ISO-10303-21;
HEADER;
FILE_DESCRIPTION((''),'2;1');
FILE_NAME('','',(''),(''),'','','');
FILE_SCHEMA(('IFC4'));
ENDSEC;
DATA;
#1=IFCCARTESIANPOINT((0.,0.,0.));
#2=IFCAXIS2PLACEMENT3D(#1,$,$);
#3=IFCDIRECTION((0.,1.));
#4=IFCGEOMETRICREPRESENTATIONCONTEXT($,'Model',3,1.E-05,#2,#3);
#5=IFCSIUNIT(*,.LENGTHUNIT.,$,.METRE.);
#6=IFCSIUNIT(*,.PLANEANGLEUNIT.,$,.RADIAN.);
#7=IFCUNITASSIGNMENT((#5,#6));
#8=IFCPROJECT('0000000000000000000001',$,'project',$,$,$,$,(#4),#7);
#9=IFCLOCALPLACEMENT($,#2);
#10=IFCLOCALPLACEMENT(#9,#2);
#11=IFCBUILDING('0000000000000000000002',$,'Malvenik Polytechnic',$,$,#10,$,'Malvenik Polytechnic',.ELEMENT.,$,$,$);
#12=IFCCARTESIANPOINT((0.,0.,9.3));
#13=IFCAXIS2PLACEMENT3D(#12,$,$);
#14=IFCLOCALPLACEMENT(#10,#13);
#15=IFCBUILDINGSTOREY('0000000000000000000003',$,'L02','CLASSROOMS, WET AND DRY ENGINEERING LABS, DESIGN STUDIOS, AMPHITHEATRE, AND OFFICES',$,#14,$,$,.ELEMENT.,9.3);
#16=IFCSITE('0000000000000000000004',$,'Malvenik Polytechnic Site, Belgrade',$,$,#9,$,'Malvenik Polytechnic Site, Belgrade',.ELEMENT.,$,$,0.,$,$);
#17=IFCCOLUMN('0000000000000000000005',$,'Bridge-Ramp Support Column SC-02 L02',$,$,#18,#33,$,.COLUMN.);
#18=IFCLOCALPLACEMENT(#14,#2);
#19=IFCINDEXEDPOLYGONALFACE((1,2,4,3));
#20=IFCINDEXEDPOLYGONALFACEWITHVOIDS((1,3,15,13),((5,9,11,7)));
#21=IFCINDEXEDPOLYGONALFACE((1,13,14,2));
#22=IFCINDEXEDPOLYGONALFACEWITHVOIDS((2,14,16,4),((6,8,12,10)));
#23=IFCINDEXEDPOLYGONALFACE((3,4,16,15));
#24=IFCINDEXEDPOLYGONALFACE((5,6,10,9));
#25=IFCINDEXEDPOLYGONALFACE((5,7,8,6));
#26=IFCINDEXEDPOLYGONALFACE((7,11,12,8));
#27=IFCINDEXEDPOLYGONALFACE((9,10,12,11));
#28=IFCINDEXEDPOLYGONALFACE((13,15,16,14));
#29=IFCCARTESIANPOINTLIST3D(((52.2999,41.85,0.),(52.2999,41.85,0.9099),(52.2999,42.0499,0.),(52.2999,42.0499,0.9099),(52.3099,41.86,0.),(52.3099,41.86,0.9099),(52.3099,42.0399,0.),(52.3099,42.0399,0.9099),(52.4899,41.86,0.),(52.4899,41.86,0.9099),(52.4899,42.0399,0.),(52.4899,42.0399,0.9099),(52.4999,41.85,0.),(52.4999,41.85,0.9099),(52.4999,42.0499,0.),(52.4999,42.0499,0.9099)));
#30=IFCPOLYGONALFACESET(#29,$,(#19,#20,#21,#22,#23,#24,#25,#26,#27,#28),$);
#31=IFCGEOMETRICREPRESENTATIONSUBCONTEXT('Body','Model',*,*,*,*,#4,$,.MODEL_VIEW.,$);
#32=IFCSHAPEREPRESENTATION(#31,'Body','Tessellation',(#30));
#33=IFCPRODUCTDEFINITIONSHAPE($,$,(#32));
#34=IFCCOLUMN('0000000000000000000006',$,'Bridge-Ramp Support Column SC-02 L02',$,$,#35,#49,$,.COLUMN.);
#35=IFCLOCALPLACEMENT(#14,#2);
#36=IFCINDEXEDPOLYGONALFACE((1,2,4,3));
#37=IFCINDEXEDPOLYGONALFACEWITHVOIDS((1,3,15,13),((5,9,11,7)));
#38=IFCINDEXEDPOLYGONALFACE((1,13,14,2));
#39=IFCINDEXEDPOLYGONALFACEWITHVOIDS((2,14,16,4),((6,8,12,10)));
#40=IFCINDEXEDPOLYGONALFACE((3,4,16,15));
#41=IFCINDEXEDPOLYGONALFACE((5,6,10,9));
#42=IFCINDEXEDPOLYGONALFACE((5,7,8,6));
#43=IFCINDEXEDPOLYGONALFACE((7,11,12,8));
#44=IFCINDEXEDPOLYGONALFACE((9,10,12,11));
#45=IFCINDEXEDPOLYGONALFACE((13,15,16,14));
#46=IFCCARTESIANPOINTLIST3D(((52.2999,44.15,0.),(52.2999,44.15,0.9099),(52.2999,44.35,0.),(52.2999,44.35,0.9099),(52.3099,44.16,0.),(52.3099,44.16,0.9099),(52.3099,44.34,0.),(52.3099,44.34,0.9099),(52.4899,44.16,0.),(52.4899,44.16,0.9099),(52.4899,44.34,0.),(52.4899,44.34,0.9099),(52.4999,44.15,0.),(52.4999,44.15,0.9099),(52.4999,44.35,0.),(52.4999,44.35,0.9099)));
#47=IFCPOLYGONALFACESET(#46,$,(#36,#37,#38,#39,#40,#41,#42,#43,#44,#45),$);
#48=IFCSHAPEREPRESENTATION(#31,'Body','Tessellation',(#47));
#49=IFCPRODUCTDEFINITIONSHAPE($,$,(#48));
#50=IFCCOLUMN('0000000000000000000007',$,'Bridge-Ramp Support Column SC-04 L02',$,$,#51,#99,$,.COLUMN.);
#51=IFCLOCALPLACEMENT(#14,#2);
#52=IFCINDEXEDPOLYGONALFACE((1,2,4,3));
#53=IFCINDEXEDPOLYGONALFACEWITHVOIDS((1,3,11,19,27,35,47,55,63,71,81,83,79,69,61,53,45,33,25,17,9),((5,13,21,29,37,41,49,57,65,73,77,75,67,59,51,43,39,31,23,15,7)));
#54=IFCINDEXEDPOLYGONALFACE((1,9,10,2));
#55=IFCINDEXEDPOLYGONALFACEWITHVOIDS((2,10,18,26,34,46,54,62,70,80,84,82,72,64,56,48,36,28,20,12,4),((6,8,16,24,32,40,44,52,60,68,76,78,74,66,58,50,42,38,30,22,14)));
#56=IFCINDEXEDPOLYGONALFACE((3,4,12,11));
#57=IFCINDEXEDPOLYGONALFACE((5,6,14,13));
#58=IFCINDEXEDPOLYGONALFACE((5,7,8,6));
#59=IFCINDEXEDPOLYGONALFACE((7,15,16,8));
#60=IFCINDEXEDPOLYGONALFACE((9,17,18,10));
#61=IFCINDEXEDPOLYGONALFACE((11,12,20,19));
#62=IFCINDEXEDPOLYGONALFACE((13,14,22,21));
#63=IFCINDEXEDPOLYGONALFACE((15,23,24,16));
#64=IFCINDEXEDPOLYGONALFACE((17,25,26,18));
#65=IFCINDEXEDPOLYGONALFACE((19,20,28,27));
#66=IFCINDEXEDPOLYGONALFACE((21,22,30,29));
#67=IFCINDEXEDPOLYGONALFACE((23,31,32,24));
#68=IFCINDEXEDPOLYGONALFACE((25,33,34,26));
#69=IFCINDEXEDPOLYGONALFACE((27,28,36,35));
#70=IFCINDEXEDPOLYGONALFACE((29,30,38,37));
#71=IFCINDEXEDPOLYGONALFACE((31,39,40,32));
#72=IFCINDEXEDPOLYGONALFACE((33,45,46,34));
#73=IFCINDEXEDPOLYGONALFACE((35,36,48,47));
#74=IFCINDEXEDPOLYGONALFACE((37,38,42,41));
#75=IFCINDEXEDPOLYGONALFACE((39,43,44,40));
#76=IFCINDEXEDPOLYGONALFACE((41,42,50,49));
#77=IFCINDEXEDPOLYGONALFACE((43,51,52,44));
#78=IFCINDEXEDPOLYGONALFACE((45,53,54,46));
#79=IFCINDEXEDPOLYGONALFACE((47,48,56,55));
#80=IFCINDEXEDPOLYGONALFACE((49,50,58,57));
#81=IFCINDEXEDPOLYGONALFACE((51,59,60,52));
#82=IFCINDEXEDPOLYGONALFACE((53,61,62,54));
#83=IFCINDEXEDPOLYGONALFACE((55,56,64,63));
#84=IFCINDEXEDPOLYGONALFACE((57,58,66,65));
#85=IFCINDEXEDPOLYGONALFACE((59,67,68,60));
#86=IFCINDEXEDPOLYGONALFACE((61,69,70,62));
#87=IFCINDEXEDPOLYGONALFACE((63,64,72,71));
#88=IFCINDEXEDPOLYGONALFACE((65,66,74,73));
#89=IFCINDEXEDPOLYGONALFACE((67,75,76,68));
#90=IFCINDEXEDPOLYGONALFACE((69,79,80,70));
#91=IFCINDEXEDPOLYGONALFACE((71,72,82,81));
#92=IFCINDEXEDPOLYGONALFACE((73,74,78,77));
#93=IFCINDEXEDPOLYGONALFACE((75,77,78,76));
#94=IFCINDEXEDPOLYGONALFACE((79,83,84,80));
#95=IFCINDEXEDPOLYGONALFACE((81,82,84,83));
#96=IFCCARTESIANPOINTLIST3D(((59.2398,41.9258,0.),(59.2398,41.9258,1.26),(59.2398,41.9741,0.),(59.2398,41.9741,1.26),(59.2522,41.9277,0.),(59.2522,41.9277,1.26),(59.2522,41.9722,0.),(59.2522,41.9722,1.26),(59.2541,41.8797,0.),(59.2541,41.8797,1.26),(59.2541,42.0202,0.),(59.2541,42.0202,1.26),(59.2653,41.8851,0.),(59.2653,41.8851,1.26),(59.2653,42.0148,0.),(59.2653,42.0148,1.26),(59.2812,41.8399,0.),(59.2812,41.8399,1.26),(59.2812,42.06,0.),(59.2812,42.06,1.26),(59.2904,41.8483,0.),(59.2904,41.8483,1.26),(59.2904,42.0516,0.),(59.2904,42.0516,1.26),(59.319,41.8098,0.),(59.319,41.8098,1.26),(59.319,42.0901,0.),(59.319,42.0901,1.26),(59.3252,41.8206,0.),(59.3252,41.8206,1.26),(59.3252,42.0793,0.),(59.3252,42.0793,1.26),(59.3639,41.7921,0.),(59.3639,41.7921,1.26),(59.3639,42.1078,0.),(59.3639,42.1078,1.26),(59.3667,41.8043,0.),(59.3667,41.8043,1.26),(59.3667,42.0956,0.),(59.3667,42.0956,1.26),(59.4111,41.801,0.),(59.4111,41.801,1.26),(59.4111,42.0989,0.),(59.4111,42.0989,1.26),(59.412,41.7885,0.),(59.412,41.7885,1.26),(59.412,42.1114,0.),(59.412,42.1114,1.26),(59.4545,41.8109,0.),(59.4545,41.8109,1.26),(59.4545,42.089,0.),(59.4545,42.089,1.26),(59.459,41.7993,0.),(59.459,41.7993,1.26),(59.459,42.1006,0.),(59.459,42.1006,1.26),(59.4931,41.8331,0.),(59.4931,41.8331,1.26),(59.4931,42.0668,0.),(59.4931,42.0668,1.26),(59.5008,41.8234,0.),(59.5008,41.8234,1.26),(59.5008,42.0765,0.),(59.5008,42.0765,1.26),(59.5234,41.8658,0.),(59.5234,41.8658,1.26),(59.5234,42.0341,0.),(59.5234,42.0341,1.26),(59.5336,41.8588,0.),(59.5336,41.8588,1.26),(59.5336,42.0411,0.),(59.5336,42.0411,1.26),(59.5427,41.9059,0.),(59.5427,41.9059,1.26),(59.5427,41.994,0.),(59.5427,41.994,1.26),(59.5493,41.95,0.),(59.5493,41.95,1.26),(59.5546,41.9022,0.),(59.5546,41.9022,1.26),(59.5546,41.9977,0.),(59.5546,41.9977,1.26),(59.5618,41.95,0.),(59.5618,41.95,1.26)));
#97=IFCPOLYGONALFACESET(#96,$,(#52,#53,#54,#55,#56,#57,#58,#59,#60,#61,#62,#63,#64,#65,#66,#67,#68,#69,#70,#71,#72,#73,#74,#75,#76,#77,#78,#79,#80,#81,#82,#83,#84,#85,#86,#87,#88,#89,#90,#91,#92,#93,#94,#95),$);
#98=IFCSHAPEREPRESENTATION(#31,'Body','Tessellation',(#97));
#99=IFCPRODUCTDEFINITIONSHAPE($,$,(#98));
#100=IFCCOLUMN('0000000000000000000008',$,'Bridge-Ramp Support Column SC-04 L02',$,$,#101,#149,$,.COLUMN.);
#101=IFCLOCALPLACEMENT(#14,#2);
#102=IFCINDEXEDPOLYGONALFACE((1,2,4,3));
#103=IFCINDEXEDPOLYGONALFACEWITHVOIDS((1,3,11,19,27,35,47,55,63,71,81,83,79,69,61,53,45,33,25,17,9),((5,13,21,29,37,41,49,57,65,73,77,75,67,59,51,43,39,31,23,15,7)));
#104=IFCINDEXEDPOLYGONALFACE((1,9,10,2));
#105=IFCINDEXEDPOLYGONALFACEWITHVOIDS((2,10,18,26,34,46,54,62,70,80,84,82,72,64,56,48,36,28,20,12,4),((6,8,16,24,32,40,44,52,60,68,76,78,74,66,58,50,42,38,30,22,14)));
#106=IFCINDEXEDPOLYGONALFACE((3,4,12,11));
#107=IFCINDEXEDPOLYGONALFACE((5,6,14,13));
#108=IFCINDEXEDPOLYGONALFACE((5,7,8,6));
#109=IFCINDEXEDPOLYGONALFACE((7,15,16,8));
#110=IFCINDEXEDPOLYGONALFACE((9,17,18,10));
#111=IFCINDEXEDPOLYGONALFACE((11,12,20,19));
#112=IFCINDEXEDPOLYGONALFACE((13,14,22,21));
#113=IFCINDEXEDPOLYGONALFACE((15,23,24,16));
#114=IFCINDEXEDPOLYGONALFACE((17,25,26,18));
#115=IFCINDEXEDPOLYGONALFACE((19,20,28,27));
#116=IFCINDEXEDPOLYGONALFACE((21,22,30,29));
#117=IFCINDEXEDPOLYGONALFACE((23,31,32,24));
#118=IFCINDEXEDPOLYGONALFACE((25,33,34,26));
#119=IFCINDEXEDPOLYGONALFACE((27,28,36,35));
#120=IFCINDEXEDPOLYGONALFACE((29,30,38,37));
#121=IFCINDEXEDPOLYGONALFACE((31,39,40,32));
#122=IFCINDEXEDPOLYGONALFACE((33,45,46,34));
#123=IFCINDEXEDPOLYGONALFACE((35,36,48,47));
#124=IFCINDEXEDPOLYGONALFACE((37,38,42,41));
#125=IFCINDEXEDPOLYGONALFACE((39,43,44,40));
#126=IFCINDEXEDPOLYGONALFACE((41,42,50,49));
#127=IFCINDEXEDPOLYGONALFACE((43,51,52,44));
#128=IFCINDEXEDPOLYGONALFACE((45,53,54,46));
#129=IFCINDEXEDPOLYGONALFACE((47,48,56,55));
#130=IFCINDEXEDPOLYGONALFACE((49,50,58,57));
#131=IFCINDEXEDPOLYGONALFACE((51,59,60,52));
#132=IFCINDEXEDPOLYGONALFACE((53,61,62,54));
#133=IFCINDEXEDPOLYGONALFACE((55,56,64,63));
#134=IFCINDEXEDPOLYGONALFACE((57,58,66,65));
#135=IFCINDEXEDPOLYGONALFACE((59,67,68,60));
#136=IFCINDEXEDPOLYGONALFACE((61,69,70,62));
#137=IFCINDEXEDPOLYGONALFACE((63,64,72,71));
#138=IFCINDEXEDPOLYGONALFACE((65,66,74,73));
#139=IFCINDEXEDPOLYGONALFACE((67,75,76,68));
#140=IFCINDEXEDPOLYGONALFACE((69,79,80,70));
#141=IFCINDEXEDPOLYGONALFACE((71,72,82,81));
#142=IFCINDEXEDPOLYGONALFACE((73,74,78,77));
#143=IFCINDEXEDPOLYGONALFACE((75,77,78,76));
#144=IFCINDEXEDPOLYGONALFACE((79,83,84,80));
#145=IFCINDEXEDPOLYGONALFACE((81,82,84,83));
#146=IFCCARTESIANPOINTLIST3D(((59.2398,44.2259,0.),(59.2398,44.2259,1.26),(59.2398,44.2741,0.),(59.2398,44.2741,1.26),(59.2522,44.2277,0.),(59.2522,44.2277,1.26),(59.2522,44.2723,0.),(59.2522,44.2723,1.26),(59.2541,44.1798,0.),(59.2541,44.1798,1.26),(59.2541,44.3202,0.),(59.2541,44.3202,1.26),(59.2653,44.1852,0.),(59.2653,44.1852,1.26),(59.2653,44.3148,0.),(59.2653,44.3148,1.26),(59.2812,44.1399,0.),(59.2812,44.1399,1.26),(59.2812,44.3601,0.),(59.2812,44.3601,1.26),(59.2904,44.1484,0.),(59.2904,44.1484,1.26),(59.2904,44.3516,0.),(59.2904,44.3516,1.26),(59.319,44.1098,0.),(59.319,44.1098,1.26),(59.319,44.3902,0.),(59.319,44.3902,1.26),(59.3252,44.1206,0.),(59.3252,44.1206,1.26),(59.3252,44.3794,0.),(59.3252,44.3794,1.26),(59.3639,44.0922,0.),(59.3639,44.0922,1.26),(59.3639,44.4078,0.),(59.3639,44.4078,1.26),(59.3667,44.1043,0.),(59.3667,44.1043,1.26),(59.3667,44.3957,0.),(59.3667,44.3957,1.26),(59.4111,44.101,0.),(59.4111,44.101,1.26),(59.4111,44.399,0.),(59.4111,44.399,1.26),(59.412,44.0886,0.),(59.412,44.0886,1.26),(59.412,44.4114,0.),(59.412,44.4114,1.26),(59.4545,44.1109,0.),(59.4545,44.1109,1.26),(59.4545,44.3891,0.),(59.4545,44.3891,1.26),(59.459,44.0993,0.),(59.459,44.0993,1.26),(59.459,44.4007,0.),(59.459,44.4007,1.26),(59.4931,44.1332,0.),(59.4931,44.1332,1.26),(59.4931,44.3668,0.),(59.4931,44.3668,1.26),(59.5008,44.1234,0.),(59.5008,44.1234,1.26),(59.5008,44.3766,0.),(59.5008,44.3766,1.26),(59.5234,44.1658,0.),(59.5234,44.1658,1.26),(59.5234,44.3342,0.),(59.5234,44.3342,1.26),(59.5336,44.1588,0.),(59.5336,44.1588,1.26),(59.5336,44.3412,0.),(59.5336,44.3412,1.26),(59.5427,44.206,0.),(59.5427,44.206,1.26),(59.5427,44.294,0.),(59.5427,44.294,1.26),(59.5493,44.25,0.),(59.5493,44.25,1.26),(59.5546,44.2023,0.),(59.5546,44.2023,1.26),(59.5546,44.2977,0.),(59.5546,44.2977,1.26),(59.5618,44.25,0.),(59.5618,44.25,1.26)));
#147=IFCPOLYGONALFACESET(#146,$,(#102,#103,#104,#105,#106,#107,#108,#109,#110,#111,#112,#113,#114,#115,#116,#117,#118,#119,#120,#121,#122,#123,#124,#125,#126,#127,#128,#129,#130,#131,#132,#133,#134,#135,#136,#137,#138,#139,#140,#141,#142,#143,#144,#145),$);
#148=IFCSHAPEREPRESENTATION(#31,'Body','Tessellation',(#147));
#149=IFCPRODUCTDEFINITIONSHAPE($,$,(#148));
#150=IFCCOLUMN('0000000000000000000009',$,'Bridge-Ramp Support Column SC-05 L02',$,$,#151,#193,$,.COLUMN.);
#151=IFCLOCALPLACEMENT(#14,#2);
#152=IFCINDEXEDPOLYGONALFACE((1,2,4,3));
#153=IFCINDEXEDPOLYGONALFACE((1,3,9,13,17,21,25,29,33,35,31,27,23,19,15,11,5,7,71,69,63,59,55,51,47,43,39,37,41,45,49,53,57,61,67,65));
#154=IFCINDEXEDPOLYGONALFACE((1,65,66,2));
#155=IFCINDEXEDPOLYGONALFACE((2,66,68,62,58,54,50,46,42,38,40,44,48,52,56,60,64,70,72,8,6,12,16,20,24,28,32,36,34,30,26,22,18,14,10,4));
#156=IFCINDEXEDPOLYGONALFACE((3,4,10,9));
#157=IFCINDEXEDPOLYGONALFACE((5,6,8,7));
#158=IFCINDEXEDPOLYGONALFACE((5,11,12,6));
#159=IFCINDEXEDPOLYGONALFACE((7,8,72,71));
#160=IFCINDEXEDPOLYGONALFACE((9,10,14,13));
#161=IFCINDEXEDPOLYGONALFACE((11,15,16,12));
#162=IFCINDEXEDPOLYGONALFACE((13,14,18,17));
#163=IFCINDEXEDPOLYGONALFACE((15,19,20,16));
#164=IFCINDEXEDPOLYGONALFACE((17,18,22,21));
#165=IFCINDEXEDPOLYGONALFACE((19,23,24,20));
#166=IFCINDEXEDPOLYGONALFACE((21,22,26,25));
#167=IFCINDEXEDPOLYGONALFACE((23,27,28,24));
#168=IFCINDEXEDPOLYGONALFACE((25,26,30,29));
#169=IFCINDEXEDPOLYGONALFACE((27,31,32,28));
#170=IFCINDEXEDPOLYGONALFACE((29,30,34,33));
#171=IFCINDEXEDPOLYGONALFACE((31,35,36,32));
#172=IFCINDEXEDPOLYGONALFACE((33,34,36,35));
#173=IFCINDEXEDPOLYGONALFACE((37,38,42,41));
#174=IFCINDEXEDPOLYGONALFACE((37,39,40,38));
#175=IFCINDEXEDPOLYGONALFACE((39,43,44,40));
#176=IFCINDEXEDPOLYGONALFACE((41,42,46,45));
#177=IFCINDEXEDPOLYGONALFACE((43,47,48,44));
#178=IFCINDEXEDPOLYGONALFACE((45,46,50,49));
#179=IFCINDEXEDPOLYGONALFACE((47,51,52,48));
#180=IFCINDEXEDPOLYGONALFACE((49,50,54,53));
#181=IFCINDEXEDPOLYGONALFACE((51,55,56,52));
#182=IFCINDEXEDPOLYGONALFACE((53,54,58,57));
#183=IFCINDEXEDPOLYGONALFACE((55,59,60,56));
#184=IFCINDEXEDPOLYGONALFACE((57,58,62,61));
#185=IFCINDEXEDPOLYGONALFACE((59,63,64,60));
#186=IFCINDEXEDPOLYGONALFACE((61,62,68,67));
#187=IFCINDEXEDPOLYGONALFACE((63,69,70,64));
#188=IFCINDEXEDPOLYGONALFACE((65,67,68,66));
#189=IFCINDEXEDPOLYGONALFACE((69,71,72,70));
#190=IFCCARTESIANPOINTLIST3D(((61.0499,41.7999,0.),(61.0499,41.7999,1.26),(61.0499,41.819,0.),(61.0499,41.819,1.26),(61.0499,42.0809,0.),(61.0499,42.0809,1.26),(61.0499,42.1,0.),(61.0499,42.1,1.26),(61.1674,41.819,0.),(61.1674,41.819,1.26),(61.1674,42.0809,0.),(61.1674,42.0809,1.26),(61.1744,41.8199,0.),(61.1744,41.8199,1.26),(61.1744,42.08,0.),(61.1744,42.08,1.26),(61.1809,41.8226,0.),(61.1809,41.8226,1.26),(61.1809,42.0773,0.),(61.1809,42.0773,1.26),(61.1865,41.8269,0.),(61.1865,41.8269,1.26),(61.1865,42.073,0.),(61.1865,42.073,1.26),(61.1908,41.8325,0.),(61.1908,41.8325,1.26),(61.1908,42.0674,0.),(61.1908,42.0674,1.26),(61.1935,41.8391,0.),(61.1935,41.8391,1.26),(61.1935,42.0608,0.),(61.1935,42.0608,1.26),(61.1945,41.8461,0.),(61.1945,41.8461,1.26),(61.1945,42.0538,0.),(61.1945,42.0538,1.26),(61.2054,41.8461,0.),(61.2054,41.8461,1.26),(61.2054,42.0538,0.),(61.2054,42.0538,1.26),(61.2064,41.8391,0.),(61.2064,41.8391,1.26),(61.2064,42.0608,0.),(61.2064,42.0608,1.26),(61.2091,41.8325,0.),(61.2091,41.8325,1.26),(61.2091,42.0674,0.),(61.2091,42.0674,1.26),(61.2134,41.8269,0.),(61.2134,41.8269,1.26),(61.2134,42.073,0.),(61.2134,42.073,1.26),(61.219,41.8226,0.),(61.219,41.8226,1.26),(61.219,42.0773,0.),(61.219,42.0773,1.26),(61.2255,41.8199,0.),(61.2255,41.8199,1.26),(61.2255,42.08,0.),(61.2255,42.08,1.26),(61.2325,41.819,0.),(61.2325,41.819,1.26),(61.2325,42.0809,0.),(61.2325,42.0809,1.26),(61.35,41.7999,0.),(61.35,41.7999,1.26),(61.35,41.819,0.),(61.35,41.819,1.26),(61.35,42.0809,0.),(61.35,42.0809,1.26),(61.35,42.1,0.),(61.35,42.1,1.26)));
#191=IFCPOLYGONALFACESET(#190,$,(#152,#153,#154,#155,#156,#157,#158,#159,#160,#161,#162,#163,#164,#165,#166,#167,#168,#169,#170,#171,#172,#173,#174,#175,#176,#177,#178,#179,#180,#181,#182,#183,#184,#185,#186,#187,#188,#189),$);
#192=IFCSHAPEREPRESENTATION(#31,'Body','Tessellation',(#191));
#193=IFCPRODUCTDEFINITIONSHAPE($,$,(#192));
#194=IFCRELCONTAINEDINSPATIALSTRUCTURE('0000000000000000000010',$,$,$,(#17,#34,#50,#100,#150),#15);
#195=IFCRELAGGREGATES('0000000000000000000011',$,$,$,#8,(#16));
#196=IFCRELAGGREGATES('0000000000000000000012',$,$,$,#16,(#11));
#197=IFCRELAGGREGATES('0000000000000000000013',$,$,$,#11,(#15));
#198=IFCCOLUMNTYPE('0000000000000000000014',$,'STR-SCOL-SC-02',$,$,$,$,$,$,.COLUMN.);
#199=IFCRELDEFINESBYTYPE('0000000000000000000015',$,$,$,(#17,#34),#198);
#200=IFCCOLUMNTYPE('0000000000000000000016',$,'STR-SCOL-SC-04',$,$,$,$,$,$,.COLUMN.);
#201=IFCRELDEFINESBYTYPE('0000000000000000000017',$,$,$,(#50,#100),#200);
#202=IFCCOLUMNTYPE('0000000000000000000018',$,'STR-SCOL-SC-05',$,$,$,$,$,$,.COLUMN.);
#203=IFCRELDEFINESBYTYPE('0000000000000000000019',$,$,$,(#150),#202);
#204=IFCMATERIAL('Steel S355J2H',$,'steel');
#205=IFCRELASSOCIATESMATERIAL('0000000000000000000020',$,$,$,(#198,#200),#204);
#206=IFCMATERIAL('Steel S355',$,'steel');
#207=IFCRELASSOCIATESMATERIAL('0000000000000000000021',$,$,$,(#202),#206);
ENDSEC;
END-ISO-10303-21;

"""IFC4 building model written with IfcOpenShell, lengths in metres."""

from ifc_helpers import new_model, si_unit, direction, frame, origin, origin_2d, place, context, subcontext, project, spatial, hollow_rectangle, hollow_circle, i_section, extrude, material, material_profile, profile_set, type_object, element, save


model = new_model("IFC4")

# Units and contexts
model_context = context("Model", 3, precision=1e-05, world=origin(), true_north=direction((0.0, 1.0)))
body_context = subcontext(model_context, "Body", "Model", "MODEL_VIEW")
ifc_project = project(units=[si_unit("LENGTHUNIT", "METRE"), si_unit("PLANEANGLEUNIT", "RADIAN")], contexts=[model_context])

# Site, building, storey
site_placement = place(None, origin())
site = spatial("IfcSite", under=ifc_project, at=site_placement, Name="Malvenik Polytechnic Site, Belgrade", LongName="Malvenik Polytechnic Site, Belgrade", CompositionType="ELEMENT", RefElevation=0.0)
building_placement = place(site_placement, origin())
building = spatial("IfcBuilding", under=site, at=building_placement, Name="Malvenik Polytechnic", LongName="Malvenik Polytechnic", CompositionType="ELEMENT")
storey_placement = place(building_placement, frame((0.0, 0.0, 9.3)))
storey = spatial("IfcBuildingStorey", under=building, at=storey_placement, Name="L02", Description="CLASSROOMS, WET AND DRY ENGINEERING LABS, DESIGN STUDIOS, AMPHITHEATRE, AND OFFICES", CompositionType="ELEMENT", Elevation=9.3)

# Columns
ifc_material_1 = material(Name="Steel S355J2H", Category="steel")
ifc_material_profile_1 = material_profile(ifc_material_1, hollow_rectangle(XDim=0.2, YDim=0.2, WallThickness=0.01, at=origin_2d()), Name="SHS 200x200x10.0")
ifc_profile_set_1 = profile_set([ifc_material_profile_1], Name="Steel S355J2H")
column_type_1 = type_object("IfcColumnType", Name="STR-SCOL-SC-02", PredefinedType="COLUMN", material=ifc_profile_set_1)
for number, where, z_axis, x_axis, name in (
    (1, (52.3999, 41.95, 0.0), (0.0, 0.0, 1.0), (1.0, 0.0, 0.0), "Bridge-Ramp Support Column SC-02 L02"),
    (2, (52.3999, 44.25, 0.0), (0.0, 0.0, 1.0), (1.0, 0.0, 0.0), "Bridge-Ramp Support Column SC-02 L02"),
):
    element("IfcColumn", number, at=place(storey_placement, frame(where, z_axis=z_axis, x_axis=x_axis)), inside=storey, type_object=column_type_1, Name=name, PredefinedType="COLUMN", context=body_context, shape_type="SweptSolid", body=[
        extrude(hollow_rectangle(XDim=0.2, YDim=0.2, WallThickness=0.01, at=origin_2d()), origin(), (0.0, 0.0, 1.0), 0.9099),
    ])
ifc_material_profile_2 = material_profile(ifc_material_1, hollow_circle(Radius=0.1619, WallThickness=0.0125, at=origin_2d()), Name="CHS 323.9x12.5")
ifc_profile_set_2 = profile_set([ifc_material_profile_2], Name="Steel S355J2H")
column_type_2 = type_object("IfcColumnType", Name="STR-SCOL-SC-04", PredefinedType="COLUMN", material=ifc_profile_set_2)
for number, where, z_axis, x_axis, name in (
    (3, (59.3999, 41.95, 0.0), (0.0, 0.0, 1.0), (1.0, 0.0, 0.0), "Bridge-Ramp Support Column SC-04 L02"),
    (4, (59.3999, 44.25, 0.0), (0.0, 0.0, 1.0), (1.0, 0.0, 0.0), "Bridge-Ramp Support Column SC-04 L02"),
):
    element("IfcColumn", number, at=place(storey_placement, frame(where, z_axis=z_axis, x_axis=x_axis)), inside=storey, type_object=column_type_2, Name=name, PredefinedType="COLUMN", context=body_context, shape_type="SweptSolid", body=[
        extrude(hollow_circle(Radius=0.1619, WallThickness=0.0125, at=origin_2d()), origin(), (0.0, 0.0, 1.0), 1.26),
    ])
ifc_material_2 = material(Name="Steel S355", Category="steel")
ifc_material_profile_3 = material_profile(ifc_material_2, i_section(OverallWidth=0.3, OverallDepth=0.3, WebThickness=0.011, FlangeThickness=0.019, FilletRadius=0.0271, at=origin_2d()), Name="HEB 300")
ifc_profile_set_3 = profile_set([ifc_material_profile_3], Name="Steel S355")
column_type_3 = type_object("IfcColumnType", Name="STR-SCOL-SC-05", PredefinedType="COLUMN", material=ifc_profile_set_3)
column_placement = place(storey_placement, frame((61.2, 41.95, 0.0), z_axis=(0.0, 0.0, 1.0), x_axis=(1.0, 0.0, 0.0)))
element("IfcColumn", 5, at=column_placement, inside=storey, type_object=column_type_3, Name="Bridge-Ramp Support Column SC-05 L02", PredefinedType="COLUMN", context=body_context, shape_type="SweptSolid", body=[
    extrude(i_section(OverallWidth=0.3, OverallDepth=0.3, WebThickness=0.011, FlangeThickness=0.019, FilletRadius=0.0271, at=origin_2d()), origin(), (0.0, 0.0, 1.0), 1.26),
])

save(model, "model.ifc")
